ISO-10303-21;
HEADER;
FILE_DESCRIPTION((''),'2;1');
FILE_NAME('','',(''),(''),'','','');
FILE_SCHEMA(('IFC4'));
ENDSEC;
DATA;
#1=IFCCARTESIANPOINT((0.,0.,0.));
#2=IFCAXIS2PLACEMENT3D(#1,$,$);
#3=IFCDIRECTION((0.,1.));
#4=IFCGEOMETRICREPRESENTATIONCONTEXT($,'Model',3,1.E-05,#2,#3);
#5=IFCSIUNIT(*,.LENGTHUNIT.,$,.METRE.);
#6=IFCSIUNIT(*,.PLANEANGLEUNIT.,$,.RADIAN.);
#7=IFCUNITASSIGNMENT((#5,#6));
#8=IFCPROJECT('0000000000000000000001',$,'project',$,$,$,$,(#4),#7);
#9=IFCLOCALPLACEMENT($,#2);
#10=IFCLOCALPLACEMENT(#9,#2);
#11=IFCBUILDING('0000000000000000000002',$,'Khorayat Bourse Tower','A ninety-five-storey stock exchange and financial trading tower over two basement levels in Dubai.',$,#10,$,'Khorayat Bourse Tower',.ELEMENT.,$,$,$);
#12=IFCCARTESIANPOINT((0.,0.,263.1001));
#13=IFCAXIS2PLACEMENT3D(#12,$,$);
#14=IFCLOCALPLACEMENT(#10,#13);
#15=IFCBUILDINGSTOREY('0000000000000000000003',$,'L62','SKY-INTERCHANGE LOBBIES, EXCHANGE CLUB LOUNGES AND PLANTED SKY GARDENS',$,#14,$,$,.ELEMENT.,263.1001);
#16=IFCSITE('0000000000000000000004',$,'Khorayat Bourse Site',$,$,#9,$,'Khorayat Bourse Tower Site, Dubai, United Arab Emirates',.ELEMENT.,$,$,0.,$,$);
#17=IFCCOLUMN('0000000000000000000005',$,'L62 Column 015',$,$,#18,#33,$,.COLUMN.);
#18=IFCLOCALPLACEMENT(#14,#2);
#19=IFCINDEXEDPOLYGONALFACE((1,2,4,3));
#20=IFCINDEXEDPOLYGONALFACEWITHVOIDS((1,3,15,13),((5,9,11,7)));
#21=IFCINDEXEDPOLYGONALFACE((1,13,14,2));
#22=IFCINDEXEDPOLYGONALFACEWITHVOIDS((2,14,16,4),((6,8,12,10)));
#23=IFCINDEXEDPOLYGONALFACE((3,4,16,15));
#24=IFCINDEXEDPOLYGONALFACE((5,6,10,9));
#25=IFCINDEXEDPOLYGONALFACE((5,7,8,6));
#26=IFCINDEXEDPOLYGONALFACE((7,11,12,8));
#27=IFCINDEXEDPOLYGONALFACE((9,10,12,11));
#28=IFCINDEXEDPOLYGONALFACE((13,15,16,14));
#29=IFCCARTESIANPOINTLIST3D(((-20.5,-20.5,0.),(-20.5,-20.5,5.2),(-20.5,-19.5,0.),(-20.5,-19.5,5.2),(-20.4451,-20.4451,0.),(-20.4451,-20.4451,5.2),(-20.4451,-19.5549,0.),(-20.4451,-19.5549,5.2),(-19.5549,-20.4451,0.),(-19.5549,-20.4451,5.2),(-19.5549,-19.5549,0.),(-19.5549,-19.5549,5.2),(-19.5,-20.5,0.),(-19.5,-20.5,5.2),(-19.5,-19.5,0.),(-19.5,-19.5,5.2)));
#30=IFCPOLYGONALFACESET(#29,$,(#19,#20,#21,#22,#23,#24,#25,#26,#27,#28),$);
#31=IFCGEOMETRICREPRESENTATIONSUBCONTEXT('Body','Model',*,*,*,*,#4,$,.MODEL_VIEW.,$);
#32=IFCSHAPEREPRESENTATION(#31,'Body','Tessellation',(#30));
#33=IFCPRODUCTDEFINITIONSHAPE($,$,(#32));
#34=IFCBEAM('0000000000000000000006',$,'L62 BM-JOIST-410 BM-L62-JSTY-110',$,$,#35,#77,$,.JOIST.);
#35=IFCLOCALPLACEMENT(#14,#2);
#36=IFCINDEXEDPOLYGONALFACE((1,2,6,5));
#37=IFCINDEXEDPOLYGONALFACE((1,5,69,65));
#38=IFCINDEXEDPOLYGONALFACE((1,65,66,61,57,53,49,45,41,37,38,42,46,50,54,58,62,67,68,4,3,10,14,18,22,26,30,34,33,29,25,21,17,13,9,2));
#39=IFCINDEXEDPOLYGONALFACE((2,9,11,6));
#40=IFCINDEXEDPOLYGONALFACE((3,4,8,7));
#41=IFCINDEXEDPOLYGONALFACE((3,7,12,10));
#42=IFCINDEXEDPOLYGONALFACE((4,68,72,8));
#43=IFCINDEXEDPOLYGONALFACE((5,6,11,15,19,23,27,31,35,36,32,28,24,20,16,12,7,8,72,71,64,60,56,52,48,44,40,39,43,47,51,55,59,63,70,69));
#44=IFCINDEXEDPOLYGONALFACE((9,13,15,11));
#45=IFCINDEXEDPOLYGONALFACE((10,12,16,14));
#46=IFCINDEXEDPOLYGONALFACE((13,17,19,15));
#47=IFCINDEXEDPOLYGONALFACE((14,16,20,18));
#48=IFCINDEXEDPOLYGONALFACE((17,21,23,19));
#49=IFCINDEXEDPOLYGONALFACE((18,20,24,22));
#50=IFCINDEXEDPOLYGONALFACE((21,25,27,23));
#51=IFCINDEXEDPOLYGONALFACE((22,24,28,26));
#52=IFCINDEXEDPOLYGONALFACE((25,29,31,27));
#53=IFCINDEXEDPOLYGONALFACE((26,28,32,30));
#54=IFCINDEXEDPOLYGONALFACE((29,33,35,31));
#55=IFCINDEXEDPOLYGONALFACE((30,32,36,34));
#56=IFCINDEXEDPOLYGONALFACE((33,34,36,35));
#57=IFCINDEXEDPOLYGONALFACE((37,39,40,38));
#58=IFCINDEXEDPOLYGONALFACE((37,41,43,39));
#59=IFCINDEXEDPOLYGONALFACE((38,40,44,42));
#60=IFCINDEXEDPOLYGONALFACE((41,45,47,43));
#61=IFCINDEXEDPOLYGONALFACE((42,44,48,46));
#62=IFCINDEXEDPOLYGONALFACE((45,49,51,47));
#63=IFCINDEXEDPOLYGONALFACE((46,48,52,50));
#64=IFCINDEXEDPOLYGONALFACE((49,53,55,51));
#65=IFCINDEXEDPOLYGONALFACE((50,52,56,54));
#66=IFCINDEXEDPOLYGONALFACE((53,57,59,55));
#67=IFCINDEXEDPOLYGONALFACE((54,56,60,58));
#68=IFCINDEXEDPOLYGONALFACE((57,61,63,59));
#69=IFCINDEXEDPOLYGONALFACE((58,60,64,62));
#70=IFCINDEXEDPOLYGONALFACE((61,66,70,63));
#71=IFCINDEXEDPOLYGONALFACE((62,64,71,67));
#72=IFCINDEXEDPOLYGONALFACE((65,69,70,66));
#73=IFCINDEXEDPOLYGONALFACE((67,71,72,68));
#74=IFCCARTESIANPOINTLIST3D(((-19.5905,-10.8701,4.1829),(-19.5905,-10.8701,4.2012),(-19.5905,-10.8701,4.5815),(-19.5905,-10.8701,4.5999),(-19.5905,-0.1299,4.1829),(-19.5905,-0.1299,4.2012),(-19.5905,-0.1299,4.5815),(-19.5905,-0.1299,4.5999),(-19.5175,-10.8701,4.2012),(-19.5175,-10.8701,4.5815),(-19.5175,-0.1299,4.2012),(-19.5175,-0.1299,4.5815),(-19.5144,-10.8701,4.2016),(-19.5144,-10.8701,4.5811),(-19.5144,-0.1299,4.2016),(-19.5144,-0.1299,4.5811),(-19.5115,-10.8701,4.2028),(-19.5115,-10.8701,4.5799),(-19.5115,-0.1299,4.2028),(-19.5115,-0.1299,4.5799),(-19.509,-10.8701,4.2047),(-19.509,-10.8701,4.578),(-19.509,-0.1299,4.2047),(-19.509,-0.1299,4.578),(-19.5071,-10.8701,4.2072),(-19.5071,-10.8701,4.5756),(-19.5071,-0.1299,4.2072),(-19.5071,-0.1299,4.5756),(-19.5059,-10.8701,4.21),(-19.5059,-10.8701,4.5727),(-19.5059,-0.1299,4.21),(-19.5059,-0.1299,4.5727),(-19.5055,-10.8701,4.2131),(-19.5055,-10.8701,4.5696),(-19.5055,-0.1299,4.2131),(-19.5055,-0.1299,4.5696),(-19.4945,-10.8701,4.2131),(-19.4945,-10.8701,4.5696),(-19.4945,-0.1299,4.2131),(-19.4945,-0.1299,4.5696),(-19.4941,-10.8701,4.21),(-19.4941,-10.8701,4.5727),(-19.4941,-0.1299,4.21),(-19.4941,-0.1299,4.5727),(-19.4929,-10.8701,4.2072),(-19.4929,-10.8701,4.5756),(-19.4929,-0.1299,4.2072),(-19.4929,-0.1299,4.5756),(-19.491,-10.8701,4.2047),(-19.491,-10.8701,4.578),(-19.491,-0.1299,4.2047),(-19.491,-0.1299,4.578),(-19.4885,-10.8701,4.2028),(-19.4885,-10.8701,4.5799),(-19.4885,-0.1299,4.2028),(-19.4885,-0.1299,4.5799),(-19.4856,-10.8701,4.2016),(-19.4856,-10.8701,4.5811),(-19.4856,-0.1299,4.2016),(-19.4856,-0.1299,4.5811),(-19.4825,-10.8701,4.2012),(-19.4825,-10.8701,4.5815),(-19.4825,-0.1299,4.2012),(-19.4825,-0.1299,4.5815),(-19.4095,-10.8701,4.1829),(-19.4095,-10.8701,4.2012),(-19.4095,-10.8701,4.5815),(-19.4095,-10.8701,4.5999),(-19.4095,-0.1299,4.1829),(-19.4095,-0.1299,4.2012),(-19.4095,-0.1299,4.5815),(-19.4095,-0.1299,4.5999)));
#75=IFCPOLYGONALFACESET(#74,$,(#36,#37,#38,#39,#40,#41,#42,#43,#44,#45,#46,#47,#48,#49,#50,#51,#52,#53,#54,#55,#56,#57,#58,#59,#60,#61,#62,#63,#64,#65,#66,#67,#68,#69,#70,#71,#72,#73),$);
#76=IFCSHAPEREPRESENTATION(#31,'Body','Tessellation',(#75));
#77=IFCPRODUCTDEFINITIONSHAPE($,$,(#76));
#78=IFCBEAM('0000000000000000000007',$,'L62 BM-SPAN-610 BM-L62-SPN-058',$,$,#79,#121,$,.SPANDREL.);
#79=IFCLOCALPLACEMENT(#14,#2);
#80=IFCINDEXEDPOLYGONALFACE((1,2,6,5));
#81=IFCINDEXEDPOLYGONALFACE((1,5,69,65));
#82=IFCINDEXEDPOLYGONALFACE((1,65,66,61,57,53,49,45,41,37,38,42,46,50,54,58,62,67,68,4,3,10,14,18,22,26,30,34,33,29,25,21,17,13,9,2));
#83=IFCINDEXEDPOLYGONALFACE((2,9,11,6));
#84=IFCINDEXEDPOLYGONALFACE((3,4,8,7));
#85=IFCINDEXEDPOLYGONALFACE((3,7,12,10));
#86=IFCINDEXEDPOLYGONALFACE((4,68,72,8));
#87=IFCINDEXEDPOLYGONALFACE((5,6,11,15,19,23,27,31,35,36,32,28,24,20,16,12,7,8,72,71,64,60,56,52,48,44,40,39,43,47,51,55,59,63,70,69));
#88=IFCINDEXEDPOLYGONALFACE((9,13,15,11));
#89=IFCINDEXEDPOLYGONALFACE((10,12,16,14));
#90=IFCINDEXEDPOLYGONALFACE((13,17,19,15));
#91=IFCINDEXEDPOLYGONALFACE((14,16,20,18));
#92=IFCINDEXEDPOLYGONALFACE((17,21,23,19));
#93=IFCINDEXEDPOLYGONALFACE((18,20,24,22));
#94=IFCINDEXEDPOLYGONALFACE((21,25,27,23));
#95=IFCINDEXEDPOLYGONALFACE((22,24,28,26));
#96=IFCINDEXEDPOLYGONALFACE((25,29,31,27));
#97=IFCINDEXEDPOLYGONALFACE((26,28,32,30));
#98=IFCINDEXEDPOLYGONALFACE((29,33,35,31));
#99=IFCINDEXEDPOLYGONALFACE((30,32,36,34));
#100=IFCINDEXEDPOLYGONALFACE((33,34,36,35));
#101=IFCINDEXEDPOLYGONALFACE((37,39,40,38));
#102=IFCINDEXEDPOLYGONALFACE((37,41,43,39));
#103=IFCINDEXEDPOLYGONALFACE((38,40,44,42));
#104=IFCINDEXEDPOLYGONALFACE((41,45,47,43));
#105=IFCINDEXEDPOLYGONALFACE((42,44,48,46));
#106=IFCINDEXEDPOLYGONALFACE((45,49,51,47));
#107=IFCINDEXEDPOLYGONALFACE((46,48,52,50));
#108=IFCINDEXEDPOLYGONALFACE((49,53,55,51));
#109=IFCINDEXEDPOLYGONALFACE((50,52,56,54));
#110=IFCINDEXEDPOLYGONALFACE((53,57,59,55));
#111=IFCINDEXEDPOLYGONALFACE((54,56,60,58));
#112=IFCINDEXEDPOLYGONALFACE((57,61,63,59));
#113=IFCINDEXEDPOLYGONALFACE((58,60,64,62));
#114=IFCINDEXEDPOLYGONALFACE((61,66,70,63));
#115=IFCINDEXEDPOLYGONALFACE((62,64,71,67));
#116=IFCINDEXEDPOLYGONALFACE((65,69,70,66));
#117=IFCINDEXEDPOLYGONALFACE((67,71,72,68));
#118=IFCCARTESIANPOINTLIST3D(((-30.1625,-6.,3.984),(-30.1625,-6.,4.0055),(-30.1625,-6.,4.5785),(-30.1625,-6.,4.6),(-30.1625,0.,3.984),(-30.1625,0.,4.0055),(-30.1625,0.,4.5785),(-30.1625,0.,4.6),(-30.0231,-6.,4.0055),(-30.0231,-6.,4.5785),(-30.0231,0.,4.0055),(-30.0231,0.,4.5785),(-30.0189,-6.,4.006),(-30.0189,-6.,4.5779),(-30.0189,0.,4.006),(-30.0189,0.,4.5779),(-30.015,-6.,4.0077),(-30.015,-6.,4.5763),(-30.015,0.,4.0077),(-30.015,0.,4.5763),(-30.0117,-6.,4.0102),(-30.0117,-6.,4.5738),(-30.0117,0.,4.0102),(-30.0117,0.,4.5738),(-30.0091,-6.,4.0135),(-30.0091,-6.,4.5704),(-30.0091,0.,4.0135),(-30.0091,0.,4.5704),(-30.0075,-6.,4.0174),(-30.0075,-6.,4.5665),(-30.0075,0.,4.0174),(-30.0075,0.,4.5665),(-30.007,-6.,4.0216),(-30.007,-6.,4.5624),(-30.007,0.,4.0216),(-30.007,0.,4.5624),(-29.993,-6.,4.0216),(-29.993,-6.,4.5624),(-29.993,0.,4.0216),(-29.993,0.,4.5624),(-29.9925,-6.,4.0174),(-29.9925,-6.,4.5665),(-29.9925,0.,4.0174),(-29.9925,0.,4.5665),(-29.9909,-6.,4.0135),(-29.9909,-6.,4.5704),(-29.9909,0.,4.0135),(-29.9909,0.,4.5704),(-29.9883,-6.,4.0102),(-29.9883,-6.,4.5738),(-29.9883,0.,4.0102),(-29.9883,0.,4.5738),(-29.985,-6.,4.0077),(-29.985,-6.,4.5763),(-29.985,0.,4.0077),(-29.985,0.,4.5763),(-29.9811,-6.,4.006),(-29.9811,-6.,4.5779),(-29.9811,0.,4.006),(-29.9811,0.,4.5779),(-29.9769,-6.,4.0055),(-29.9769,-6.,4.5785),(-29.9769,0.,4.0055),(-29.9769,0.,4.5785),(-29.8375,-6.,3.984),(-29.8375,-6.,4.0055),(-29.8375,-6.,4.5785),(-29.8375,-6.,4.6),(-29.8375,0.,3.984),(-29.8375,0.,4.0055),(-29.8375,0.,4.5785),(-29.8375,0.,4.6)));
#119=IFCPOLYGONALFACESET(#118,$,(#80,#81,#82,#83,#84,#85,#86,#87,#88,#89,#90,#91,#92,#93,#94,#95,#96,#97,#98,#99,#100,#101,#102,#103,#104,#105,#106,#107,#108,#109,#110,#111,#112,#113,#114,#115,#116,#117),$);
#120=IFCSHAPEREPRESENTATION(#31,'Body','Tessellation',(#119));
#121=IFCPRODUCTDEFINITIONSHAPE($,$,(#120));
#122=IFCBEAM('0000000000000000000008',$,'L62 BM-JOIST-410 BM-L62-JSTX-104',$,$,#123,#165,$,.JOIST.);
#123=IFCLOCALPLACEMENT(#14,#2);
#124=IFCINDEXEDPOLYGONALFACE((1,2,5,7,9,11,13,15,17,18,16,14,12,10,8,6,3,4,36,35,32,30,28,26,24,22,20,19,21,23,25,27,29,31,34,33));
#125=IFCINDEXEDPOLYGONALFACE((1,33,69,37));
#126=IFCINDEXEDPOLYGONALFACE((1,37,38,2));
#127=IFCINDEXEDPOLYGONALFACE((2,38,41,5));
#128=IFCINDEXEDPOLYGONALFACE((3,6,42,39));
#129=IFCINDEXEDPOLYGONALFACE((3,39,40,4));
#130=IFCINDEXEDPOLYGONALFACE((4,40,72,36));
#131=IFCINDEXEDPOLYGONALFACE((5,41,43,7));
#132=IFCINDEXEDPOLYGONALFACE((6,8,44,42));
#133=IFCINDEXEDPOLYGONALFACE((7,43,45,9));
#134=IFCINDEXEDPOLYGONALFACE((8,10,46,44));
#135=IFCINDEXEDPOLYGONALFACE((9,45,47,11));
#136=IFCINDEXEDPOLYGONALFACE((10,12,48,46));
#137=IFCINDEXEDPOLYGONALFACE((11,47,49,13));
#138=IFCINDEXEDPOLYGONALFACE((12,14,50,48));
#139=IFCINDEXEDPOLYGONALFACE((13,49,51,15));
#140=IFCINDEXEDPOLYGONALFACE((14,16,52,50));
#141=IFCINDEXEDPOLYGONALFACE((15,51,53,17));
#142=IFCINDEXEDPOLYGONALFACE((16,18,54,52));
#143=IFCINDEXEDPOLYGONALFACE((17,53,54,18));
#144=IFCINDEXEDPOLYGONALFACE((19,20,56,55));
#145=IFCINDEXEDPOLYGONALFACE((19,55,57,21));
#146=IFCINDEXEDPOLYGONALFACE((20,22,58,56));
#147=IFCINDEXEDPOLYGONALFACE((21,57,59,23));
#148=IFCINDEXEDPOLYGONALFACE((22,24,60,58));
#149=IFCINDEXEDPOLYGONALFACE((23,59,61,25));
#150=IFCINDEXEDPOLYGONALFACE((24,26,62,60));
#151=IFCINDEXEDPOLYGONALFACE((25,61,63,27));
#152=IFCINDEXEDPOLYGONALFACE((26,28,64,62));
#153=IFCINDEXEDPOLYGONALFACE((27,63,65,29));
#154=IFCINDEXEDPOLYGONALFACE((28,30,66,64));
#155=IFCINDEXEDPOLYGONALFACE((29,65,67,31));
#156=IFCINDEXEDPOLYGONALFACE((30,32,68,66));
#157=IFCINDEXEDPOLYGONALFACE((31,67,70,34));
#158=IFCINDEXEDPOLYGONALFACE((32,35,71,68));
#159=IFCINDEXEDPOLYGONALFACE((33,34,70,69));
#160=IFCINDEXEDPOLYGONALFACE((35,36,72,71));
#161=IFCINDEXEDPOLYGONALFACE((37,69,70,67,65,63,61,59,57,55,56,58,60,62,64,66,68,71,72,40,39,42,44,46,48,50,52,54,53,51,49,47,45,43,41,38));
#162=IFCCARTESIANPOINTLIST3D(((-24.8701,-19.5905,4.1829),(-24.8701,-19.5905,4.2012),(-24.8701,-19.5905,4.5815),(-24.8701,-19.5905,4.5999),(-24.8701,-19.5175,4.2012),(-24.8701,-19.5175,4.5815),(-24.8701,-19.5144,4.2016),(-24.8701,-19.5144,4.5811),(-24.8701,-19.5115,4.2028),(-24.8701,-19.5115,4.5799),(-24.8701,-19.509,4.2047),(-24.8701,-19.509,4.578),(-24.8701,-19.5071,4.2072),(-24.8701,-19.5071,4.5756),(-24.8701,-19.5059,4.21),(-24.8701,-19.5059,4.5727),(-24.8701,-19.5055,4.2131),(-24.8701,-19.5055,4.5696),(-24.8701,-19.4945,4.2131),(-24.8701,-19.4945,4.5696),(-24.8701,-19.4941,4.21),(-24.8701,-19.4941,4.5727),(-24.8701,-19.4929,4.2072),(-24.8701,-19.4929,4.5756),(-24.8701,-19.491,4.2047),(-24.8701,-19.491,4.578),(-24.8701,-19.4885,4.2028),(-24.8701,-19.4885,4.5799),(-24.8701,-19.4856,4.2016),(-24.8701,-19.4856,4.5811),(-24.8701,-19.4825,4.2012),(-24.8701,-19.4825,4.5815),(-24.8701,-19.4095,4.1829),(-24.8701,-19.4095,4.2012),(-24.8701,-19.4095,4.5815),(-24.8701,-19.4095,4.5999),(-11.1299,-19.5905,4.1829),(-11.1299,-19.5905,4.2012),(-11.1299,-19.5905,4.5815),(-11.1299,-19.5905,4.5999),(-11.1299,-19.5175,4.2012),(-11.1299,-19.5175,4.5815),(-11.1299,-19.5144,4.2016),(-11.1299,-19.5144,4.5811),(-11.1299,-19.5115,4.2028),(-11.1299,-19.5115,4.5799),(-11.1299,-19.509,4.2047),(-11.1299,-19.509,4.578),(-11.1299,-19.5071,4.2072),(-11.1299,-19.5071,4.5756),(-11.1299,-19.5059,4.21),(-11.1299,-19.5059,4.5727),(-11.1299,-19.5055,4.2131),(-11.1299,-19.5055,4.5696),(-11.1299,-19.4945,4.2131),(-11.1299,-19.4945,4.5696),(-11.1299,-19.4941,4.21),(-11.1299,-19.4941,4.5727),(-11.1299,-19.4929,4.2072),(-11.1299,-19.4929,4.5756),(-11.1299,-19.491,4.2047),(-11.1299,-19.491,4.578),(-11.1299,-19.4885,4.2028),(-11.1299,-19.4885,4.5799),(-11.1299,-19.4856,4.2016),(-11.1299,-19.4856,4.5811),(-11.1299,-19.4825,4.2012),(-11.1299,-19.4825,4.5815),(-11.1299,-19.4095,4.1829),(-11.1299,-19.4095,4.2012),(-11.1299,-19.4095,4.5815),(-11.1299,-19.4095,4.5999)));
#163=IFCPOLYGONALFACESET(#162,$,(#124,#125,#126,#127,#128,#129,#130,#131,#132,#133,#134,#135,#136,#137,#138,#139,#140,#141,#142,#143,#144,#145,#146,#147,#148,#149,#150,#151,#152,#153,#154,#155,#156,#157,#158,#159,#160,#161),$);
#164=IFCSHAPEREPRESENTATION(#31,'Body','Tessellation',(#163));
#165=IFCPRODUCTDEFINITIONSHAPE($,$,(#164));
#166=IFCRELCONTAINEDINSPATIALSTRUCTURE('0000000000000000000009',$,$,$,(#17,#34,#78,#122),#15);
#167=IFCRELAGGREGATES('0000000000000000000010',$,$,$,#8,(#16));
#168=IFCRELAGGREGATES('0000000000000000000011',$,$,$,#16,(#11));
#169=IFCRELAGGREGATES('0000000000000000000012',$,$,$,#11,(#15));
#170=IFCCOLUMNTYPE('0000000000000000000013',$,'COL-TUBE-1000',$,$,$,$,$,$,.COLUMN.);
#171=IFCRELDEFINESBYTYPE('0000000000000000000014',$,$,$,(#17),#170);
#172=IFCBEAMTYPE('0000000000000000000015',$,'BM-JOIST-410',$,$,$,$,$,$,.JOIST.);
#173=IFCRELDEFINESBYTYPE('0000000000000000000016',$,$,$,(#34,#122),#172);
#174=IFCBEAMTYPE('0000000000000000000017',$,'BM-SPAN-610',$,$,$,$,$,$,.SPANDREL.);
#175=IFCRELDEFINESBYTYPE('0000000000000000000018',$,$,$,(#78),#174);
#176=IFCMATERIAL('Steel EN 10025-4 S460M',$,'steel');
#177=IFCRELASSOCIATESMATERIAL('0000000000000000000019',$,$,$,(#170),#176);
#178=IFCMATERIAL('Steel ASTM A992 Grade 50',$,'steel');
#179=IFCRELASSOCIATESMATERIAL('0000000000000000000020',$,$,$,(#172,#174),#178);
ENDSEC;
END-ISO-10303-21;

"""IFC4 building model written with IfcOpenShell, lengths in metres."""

from ifc_helpers import new_model, si_unit, direction, frame, origin, origin_2d, place, context, subcontext, project, spatial, hollow_rectangle, i_section, extrude, source, transform, mapped, material, material_profile, profile_set, type_object, element, save


model = new_model("IFC4")

# Units and contexts
model_context = context("Model", 3, precision=1e-05, world=origin(), true_north=direction((0.0, 1.0)))
body_context = subcontext(model_context, "Body", "Model", "MODEL_VIEW")
ifc_project = project(units=[si_unit("LENGTHUNIT", "METRE"), si_unit("PLANEANGLEUNIT", "RADIAN")], contexts=[model_context])

# Site, building, storey
site_placement = place(None, origin())
site = spatial("IfcSite", under=ifc_project, at=site_placement, Name="Khorayat Bourse Site", LongName="Khorayat Bourse Tower Site, Dubai, United Arab Emirates", CompositionType="ELEMENT", RefElevation=0.0)
building_placement = place(site_placement, origin())
building = spatial("IfcBuilding", under=site, at=building_placement, Name="Khorayat Bourse Tower", Description="A ninety-five-storey stock exchange and financial trading tower over two basement levels in Dubai.", LongName="Khorayat Bourse Tower", CompositionType="ELEMENT")
storey_placement = place(building_placement, frame((0.0, 0.0, 263.1001)))
storey = spatial("IfcBuildingStorey", under=building, at=storey_placement, Name="L62", Description="SKY-INTERCHANGE LOBBIES, EXCHANGE CLUB LOUNGES AND PLANTED SKY GARDENS", CompositionType="ELEMENT", Elevation=263.1001)

# Column
ifc_material_1 = material(Name="Steel EN 10025-4 S460M", Category="steel")
ifc_material_profile_1 = material_profile(ifc_material_1, hollow_rectangle(XDim=1.0, YDim=1.0, WallThickness=0.0549, at=origin_2d()), Name="BOX 1000x1000x55")
ifc_profile_set_1 = profile_set([ifc_material_profile_1], Name="Steel EN 10025-4 S460M")
column_type = type_object("IfcColumnType", Name="COL-TUBE-1000", PredefinedType="COLUMN", material=ifc_profile_set_1)
shared_shape_1 = source(origin(), body_context, "Body", "SweptSolid", [
    extrude(hollow_rectangle(XDim=1.0, YDim=1.0, WallThickness=0.0549, at=origin_2d()), origin(), (0.0, 0.0, 1.0), 5.2),
])
column_placement = place(storey_placement, frame((-20.0, -20.0, 0.0), z_axis=(0.0, 0.0, 1.0), x_axis=(1.0, 0.0, 0.0)))
element("IfcColumn", 1, at=column_placement, inside=storey, type_object=column_type, Name="L62 Column 015", PredefinedType="COLUMN", context=body_context, shape_type="MappedRepresentation", body=[
    mapped(shared_shape_1, transform((0.0, 0.0, 0.0), scale=1.0)),
])

# Beams
ifc_material_2 = material(Name="Steel ASTM A992 Grade 50", Category="steel")
ifc_material_profile_2 = material_profile(ifc_material_2, i_section(OverallWidth=0.1809, OverallDepth=0.417, WebThickness=0.011, FlangeThickness=0.0183, FilletRadius=0.012, at=origin_2d()), Name="W410X85")
ifc_profile_set_2 = profile_set([ifc_material_profile_2], Name="Steel ASTM A992 Grade 50")
beam_type_1 = type_object("IfcBeamType", Name="BM-JOIST-410", PredefinedType="JOIST", material=ifc_profile_set_2)
shared_shape_2 = source(origin(), body_context, "Body", "SweptSolid", [
    extrude(i_section(OverallWidth=0.1809, OverallDepth=0.417, WebThickness=0.011, FlangeThickness=0.0183, FilletRadius=0.012, at=origin_2d()), origin(), (0.0, 0.0, 1.0), 10.7402),
])
beam_1_placement = place(storey_placement, frame((-19.5, -10.8701, 4.3914), z_axis=(0.0, 1.0, 0.0), x_axis=(-1.0, 0.0, 0.0)))
element("IfcBeam", 2, at=beam_1_placement, inside=storey, type_object=beam_type_1, Name="L62 BM-JOIST-410 BM-L62-JSTY-110", PredefinedType="JOIST", context=body_context, shape_type="MappedRepresentation", body=[
    mapped(shared_shape_2, transform((0.0, 0.0, 0.0), scale=1.0)),
])
ifc_material_profile_3 = material_profile(ifc_material_2, i_section(OverallWidth=0.325, OverallDepth=0.616, WebThickness=0.0139, FlangeThickness=0.0215, FilletRadius=0.0161, at=origin_2d()), Name="W610X174")
ifc_profile_set_3 = profile_set([ifc_material_profile_3], Name="Steel ASTM A992 Grade 50")
beam_type_2 = type_object("IfcBeamType", Name="BM-SPAN-610", PredefinedType="SPANDREL", material=ifc_profile_set_3)
shared_shape_3 = source(origin(), body_context, "Body", "SweptSolid", [
    extrude(i_section(OverallWidth=0.325, OverallDepth=0.616, WebThickness=0.0139, FlangeThickness=0.0215, FilletRadius=0.0161, at=origin_2d()), origin(), (0.0, 0.0, 1.0), 6.0),
])
beam_2_placement = place(storey_placement, frame((-30.0, -6.0, 4.292), z_axis=(0.0, 1.0, 0.0), x_axis=(-1.0, 0.0, 0.0)))
element("IfcBeam", 3, at=beam_2_placement, inside=storey, type_object=beam_type_2, Name="L62 BM-SPAN-610 BM-L62-SPN-058", PredefinedType="SPANDREL", context=body_context, shape_type="MappedRepresentation", body=[
    mapped(shared_shape_3, transform((0.0, 0.0, 0.0), scale=1.0)),
])
shared_shape_4 = source(origin(), body_context, "Body", "SweptSolid", [
    extrude(i_section(OverallWidth=0.1809, OverallDepth=0.417, WebThickness=0.011, FlangeThickness=0.0183, FilletRadius=0.012, at=origin_2d()), origin(), (0.0, 0.0, 1.0), 13.7402),
])
beam_3_placement = place(storey_placement, frame((-24.8701, -19.5, 4.3914), z_axis=(1.0, 0.0, 0.0), x_axis=(0.0, 1.0, 0.0)))
element("IfcBeam", 4, at=beam_3_placement, inside=storey, type_object=beam_type_1, Name="L62 BM-JOIST-410 BM-L62-JSTX-104", PredefinedType="JOIST", context=body_context, shape_type="MappedRepresentation", body=[
    mapped(shared_shape_4, transform((0.0, 0.0, 0.0), scale=1.0)),
])

save(model, "model.ifc")
